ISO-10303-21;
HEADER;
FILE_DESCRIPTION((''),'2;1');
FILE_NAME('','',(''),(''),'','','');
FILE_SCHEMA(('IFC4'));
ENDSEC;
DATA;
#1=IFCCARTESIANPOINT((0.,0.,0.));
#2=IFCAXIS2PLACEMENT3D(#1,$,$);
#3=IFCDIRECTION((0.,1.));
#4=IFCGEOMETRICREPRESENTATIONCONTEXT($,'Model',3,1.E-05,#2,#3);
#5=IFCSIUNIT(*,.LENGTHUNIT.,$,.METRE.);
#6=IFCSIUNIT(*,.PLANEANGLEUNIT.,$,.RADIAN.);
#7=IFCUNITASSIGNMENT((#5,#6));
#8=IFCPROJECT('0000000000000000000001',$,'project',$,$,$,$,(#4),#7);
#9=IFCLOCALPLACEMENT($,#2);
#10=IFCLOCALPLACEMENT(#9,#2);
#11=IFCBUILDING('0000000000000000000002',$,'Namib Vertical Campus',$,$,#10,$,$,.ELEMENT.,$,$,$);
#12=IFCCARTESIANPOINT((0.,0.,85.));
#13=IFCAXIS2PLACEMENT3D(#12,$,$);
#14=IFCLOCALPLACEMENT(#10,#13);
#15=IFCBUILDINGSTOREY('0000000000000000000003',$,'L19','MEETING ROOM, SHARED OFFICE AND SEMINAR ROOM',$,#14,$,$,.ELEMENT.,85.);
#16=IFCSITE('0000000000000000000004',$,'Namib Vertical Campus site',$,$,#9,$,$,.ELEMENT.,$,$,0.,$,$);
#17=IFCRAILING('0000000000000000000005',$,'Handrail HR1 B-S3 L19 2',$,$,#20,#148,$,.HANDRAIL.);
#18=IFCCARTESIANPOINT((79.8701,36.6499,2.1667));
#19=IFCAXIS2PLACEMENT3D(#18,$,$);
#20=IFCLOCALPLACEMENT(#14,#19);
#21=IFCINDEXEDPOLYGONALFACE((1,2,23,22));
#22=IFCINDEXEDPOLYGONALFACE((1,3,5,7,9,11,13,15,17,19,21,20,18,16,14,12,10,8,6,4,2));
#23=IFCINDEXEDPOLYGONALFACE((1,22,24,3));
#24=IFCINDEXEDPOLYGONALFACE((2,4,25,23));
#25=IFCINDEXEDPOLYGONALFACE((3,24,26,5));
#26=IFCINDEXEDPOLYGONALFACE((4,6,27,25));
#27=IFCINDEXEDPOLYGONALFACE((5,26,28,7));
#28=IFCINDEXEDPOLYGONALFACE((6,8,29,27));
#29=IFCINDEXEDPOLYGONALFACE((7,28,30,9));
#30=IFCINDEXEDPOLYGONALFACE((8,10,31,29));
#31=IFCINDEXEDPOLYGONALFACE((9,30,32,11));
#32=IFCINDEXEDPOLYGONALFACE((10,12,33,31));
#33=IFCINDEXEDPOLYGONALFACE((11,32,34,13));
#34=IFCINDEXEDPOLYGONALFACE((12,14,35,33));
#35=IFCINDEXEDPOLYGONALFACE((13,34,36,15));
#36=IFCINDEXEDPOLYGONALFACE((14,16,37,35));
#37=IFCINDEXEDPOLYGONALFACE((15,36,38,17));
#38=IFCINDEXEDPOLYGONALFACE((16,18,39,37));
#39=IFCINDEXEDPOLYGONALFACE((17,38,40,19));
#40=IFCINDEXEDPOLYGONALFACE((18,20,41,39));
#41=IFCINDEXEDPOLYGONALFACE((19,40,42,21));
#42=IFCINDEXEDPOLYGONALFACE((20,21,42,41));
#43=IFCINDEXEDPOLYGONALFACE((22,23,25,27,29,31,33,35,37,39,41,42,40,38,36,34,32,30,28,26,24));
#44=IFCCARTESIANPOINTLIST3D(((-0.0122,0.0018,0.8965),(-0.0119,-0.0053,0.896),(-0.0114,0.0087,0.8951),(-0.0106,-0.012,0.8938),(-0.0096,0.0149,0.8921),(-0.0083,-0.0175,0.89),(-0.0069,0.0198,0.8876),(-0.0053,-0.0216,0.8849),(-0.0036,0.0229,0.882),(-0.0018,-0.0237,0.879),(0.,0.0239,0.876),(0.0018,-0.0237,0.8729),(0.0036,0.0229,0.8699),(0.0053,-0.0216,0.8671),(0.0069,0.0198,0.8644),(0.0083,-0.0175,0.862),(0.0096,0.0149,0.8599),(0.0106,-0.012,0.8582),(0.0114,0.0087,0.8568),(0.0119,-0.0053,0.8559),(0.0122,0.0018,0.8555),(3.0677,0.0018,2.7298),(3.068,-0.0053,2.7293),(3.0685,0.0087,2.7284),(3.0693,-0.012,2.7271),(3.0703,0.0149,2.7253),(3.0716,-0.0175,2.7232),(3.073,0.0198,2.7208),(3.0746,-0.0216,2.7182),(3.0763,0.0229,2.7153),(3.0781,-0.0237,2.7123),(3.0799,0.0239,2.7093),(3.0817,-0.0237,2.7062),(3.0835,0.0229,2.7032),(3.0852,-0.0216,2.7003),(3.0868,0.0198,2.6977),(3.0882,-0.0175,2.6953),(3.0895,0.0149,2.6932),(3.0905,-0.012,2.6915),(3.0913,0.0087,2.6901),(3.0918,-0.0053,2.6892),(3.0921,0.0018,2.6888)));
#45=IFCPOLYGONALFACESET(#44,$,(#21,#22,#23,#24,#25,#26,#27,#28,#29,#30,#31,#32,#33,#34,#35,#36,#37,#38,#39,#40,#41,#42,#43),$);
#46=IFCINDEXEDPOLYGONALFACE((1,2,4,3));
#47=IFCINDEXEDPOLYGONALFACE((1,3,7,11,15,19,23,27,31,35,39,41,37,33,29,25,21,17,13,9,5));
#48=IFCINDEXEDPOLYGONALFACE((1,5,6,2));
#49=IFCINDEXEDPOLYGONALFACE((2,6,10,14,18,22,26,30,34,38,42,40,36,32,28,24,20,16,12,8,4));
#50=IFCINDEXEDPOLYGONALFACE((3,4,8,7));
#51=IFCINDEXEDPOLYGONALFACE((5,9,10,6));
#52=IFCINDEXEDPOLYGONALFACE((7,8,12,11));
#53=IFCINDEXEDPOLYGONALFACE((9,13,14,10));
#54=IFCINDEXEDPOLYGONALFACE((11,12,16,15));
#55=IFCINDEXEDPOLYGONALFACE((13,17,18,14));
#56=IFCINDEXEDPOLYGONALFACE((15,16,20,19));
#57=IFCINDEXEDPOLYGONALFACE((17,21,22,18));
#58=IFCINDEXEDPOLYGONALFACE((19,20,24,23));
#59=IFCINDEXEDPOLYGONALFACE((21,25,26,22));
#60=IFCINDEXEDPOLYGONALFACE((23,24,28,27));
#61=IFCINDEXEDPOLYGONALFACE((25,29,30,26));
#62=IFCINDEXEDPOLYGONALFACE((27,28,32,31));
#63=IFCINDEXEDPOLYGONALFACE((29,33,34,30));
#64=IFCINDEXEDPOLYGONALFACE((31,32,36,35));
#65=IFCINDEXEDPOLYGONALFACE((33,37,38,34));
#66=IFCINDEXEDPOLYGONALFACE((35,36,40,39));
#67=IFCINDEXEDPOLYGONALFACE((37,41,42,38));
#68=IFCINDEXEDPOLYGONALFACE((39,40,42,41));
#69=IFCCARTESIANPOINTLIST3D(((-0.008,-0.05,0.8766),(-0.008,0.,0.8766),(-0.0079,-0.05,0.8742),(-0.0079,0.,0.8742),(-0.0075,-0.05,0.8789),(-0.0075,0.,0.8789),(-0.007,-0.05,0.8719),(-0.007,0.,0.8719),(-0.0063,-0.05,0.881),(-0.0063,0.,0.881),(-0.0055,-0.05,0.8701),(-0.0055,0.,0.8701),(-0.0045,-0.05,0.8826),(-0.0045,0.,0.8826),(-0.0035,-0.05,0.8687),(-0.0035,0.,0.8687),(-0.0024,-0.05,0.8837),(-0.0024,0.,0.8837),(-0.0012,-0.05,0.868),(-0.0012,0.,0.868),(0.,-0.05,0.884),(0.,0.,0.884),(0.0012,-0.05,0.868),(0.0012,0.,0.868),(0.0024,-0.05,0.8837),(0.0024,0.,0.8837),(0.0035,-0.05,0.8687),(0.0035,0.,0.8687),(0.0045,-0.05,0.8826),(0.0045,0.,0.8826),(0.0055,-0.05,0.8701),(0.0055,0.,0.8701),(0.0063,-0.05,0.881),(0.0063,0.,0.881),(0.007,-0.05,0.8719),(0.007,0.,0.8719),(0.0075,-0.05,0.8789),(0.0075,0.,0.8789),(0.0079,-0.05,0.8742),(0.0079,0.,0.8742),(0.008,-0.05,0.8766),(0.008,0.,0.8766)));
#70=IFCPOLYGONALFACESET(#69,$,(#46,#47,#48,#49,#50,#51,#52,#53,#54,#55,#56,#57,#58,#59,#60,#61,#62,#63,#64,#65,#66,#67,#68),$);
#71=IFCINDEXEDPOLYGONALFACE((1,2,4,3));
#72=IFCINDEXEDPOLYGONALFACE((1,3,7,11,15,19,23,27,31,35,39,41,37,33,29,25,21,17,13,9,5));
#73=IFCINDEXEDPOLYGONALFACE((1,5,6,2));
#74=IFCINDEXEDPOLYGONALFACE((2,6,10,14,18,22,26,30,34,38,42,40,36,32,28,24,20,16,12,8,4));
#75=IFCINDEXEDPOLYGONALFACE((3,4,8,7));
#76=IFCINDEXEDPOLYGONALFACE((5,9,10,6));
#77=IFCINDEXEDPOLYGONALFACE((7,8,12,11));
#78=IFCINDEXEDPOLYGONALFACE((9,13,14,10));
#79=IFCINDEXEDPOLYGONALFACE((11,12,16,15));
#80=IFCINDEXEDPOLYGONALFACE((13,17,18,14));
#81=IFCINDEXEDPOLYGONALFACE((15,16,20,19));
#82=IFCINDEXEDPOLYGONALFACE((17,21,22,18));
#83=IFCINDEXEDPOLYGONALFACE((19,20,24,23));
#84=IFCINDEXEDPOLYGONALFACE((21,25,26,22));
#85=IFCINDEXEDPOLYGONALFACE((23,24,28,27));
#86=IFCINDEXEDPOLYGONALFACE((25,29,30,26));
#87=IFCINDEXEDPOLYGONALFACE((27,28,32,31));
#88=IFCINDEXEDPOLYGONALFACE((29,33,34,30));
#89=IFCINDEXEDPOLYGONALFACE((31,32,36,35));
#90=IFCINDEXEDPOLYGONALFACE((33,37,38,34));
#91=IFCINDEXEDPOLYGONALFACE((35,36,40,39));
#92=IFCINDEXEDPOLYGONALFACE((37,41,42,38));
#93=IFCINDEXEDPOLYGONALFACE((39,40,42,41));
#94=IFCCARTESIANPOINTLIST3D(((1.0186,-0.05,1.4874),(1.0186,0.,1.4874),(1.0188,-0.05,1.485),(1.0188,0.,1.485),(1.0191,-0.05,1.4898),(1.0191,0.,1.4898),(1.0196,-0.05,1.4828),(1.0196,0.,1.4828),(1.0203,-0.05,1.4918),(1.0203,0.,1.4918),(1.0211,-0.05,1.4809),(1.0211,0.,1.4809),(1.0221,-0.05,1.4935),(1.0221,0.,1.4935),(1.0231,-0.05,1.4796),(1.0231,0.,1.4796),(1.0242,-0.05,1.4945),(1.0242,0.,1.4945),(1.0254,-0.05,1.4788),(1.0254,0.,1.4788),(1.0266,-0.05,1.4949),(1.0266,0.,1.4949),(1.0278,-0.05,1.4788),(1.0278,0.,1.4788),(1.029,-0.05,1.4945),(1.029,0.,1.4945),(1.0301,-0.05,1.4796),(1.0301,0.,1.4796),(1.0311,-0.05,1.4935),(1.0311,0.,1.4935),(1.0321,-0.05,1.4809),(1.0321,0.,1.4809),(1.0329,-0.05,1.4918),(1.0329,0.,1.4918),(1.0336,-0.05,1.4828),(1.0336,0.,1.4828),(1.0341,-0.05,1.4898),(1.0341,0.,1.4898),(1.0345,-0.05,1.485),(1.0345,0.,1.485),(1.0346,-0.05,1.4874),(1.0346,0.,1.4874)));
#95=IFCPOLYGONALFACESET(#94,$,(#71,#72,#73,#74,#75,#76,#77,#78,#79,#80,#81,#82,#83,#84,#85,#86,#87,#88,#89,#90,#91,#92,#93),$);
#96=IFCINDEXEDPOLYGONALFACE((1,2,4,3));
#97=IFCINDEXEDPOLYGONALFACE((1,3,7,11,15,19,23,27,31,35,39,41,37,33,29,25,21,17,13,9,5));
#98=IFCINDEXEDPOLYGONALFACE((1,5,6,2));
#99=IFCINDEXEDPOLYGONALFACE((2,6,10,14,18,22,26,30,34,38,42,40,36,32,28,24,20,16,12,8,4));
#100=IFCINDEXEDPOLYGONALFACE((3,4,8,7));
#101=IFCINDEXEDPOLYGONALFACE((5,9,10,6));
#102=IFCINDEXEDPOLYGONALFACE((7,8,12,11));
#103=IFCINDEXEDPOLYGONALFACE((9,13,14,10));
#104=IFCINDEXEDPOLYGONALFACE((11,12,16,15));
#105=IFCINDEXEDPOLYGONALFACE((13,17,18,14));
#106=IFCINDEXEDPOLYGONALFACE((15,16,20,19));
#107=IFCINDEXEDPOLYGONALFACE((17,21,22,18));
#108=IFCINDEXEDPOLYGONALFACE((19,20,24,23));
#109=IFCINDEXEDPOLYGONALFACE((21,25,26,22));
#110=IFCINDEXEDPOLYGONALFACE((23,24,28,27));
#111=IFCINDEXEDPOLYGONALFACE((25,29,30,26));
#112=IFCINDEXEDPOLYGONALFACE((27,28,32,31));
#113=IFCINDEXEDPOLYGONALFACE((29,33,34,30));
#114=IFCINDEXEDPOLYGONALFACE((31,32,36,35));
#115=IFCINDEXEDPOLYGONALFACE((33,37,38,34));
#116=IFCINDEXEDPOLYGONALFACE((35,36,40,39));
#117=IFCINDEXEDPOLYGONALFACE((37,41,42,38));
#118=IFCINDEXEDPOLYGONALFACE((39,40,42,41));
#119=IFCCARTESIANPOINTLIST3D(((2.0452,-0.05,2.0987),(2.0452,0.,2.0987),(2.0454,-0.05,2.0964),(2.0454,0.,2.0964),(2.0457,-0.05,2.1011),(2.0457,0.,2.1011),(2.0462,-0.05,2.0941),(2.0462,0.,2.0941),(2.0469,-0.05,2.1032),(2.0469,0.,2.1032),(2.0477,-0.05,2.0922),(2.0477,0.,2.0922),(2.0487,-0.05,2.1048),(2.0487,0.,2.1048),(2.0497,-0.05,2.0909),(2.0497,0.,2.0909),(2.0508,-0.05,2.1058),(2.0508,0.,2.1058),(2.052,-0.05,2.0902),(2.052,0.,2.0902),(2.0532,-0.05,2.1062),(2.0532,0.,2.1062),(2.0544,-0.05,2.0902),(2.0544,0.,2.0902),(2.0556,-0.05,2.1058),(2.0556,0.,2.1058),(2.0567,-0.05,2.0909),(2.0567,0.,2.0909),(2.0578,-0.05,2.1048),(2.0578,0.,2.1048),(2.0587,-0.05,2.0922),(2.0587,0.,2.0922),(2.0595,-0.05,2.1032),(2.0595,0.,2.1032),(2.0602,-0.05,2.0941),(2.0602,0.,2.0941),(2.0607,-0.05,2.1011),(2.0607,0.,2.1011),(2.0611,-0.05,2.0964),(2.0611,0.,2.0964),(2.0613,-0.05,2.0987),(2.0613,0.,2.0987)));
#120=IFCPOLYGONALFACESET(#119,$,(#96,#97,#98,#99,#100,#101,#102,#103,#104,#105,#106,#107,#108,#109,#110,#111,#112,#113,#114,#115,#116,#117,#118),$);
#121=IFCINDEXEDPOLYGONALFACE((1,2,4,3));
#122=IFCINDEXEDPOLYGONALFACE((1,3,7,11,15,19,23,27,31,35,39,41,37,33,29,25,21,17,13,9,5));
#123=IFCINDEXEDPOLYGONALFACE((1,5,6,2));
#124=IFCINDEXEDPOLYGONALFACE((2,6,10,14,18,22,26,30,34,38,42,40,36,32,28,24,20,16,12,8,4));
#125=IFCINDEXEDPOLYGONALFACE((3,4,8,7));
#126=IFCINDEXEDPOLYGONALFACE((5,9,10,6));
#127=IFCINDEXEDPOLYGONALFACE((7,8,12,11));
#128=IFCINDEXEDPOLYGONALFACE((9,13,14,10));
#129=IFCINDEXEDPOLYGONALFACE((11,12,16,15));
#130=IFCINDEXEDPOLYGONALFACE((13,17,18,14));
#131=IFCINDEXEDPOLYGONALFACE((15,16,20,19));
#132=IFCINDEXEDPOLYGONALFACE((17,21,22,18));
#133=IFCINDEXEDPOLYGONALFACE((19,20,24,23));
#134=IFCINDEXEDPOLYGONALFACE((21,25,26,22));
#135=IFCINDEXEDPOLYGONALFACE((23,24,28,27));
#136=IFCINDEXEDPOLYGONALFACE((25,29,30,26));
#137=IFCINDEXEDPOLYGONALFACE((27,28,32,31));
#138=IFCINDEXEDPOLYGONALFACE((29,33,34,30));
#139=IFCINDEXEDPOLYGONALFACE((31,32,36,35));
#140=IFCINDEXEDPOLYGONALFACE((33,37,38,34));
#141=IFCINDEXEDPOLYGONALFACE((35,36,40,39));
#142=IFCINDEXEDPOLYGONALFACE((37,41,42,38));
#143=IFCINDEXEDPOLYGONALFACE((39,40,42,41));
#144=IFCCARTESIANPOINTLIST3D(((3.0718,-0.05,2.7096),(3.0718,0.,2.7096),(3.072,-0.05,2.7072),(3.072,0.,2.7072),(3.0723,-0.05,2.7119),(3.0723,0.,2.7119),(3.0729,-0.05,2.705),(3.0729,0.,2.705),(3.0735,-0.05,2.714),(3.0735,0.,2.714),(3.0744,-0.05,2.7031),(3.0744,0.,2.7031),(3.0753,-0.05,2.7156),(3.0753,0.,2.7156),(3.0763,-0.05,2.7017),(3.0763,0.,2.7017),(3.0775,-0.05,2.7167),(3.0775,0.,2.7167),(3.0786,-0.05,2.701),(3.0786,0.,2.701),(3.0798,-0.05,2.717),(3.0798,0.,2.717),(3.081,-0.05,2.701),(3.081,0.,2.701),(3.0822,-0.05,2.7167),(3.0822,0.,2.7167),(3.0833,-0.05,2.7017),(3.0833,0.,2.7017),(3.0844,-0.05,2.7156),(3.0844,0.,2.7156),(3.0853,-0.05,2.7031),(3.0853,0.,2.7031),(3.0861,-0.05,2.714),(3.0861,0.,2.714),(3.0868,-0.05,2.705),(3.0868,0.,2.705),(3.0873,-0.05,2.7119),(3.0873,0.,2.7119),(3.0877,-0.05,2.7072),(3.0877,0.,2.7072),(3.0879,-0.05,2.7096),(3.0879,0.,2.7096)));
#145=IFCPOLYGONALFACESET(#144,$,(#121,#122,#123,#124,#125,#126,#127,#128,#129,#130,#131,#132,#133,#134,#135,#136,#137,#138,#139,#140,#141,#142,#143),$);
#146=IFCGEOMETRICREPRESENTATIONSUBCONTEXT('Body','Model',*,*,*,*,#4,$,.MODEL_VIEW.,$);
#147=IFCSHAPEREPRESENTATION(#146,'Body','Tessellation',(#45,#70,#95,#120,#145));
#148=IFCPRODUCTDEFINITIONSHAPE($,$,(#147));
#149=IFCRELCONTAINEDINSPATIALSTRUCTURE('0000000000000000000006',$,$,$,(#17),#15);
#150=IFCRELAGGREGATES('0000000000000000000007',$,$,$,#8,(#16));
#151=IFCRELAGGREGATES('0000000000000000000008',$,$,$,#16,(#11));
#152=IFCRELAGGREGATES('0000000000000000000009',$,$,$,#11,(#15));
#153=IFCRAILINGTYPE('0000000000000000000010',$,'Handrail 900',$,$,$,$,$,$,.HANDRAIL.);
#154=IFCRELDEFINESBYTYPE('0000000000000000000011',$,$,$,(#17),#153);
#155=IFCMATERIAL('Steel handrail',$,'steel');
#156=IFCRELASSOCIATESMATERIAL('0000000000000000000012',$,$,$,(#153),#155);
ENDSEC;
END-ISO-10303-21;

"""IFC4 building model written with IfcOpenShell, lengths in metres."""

from ifc_helpers import new_model, si_unit, direction, frame, origin, origin_2d, place, context, subcontext, project, spatial, circle, extrude, material, type_object, element, save


model = new_model("IFC4")

# Units and contexts
model_context = context("Model", 3, precision=1e-05, world=origin(), true_north=direction((0.0, 1.0)))
body_context = subcontext(model_context, "Body", "Model", "MODEL_VIEW")
ifc_project = project(units=[si_unit("LENGTHUNIT", "METRE"), si_unit("PLANEANGLEUNIT", "RADIAN")], contexts=[model_context])

# Site, building, storey
site_placement = place(None, origin())
site = spatial("IfcSite", under=ifc_project, at=site_placement, Name="Namib Vertical Campus site", CompositionType="ELEMENT", RefElevation=0.0)
building_placement = place(site_placement, origin())
building = spatial("IfcBuilding", under=site, at=building_placement, Name="Namib Vertical Campus", CompositionType="ELEMENT")
storey_placement = place(building_placement, frame((0.0, 0.0, 85.0)))
storey = spatial("IfcBuildingStorey", under=building, at=storey_placement, Name="L19", Description="MEETING ROOM, SHARED OFFICE AND SEMINAR ROOM", CompositionType="ELEMENT", Elevation=85.0)

# Railing
ifc_material_1 = material(Name="Steel handrail", Category="steel")
railing_type_1 = type_object("IfcRailingType", Name="Handrail 900", PredefinedType="HANDRAIL", material=ifc_material_1)
railing_1_placement = place(storey_placement, frame((79.8701, 36.6499, 2.1667)))
element("IfcRailing", 1, at=railing_1_placement, inside=storey, type_object=railing_type_1, Name="Handrail HR1 B-S3 L19 2", PredefinedType="HANDRAIL", context=body_context, shape_type="SweptSolid", body=[
    extrude(circle(Radius=0.0239, at=origin_2d()), frame((0.0, 0.0, 0.876), z_axis=(0.859291, 0.0, 0.511487), x_axis=(0.0, 1.0, 0.0)), (0.0, 0.0, 1.0), 3.5842),
    extrude(circle(Radius=0.0081, at=origin_2d()), frame((0.0, 0.0, 0.876), z_axis=(0.0, -1.0, 0.0), x_axis=(0.0, 0.0, 1.0)), (0.0, 0.0, 1.0), 0.05),
    extrude(circle(Radius=0.0081, at=origin_2d()), frame((1.0266, 0.0, 1.4868), z_axis=(0.0, -1.0, 0.0), x_axis=(0.0, 0.0, 1.0)), (0.0, 0.0, 1.0), 0.05),
    extrude(circle(Radius=0.0081, at=origin_2d()), frame((2.0532, 0.0, 2.0981), z_axis=(0.0, -1.0, 0.0), x_axis=(0.0, 0.0, 1.0)), (0.0, 0.0, 1.0), 0.05),
    extrude(circle(Radius=0.0081, at=origin_2d()), frame((3.0798, 0.0, 2.709), z_axis=(0.0, -1.0, 0.0), x_axis=(0.0, 0.0, 1.0)), (0.0, 0.0, 1.0), 0.05),
])

save(model, "model.ifc")
